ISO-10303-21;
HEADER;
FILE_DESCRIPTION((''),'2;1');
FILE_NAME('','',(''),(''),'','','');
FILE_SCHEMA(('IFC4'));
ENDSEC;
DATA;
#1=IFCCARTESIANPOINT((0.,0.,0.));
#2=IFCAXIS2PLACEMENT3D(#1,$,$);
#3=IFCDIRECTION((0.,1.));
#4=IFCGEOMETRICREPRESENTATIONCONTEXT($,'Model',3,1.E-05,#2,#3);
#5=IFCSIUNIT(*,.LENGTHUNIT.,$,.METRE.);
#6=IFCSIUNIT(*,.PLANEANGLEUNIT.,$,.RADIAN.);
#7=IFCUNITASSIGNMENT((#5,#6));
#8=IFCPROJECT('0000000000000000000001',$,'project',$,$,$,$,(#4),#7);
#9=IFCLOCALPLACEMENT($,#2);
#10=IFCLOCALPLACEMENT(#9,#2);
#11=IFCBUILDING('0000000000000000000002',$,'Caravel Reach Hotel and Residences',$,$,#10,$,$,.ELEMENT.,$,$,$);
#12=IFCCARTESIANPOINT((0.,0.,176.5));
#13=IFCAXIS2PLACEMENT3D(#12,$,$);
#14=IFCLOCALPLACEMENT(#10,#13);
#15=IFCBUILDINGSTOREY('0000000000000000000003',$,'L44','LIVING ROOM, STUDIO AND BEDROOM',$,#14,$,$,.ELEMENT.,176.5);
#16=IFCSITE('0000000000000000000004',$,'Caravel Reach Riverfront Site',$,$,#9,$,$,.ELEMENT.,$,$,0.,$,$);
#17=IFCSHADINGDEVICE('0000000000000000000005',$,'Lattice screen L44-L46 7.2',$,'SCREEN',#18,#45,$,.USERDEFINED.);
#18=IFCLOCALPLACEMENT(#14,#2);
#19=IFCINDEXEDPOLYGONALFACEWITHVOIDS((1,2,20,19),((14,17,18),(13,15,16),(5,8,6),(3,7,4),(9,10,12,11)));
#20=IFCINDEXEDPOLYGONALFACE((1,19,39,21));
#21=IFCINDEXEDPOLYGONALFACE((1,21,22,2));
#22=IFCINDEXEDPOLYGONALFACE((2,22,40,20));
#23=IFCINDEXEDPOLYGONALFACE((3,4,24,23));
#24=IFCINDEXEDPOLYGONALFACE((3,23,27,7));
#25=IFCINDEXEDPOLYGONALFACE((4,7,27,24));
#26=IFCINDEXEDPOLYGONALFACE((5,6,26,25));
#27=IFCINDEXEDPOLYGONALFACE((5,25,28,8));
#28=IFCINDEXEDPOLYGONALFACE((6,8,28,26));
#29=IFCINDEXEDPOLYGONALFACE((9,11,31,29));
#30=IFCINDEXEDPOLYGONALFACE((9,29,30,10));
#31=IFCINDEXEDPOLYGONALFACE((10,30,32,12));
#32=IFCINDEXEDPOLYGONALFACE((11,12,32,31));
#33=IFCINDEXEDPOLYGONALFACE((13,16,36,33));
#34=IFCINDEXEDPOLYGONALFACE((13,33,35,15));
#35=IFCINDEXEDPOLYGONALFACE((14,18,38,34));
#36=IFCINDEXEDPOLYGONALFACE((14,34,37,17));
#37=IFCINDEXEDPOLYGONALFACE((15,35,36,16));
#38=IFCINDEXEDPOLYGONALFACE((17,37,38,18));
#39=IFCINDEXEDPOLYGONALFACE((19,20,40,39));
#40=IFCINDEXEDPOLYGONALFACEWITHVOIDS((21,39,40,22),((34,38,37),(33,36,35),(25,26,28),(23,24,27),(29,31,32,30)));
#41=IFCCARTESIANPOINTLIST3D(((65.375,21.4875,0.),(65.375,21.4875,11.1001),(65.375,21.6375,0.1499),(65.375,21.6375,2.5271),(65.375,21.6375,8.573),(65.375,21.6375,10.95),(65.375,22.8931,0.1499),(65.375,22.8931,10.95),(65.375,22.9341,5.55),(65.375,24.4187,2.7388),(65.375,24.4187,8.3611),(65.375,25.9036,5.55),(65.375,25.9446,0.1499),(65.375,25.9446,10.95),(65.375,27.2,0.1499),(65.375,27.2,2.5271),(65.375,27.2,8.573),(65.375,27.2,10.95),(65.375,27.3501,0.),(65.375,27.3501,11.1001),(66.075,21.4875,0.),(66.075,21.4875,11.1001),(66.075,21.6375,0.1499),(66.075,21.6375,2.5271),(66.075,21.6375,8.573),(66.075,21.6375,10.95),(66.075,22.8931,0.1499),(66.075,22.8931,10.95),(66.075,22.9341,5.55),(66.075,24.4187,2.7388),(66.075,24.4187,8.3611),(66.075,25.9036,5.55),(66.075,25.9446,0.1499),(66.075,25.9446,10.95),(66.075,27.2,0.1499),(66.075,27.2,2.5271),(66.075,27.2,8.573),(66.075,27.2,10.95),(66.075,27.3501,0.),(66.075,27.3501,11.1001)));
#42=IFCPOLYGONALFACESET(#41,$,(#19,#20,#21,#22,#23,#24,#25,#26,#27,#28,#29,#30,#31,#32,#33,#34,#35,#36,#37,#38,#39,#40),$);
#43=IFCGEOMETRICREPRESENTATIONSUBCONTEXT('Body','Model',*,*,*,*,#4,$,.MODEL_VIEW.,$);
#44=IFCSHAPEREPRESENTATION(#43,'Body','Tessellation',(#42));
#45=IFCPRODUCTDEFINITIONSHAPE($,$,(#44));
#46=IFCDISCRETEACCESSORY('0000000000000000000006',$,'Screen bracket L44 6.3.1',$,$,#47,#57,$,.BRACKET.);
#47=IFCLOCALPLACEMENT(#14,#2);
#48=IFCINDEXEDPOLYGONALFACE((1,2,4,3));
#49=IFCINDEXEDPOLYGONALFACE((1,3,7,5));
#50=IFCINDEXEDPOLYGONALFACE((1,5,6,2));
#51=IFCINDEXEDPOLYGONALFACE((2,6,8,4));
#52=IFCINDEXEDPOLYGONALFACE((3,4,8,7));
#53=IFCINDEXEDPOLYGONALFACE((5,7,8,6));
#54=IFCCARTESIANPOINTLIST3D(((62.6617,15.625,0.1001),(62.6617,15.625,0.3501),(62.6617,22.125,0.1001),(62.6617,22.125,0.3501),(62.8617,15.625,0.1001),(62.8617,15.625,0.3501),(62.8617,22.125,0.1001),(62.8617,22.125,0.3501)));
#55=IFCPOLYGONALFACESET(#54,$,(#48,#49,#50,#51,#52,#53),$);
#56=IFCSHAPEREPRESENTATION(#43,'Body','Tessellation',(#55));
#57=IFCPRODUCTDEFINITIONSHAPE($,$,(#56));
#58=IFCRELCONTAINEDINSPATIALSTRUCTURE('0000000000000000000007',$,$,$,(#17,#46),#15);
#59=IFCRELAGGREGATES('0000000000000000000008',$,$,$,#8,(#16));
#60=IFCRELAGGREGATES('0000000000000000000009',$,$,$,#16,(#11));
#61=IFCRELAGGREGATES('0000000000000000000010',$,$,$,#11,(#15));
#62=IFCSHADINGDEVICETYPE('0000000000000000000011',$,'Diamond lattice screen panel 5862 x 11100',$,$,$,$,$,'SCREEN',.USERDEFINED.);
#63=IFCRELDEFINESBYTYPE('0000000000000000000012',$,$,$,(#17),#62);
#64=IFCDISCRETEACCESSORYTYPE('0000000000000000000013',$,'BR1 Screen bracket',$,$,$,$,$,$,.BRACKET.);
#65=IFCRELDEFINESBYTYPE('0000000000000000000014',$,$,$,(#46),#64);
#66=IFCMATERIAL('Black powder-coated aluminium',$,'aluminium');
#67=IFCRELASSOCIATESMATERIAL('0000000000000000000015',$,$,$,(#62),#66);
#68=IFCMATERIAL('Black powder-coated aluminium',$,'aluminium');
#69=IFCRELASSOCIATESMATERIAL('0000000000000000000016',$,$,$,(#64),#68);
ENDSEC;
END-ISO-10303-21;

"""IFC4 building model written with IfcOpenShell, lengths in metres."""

from ifc_helpers import new_model, si_unit, direction, frame, origin, origin_2d, place, context, subcontext, project, spatial, polyline, rectangle, outline, extrude, material, type_object, element, save


model = new_model("IFC4")

# Units and contexts
model_context = context("Model", 3, precision=1e-05, world=origin(), true_north=direction((0.0, 1.0)))
body_context = subcontext(model_context, "Body", "Model", "MODEL_VIEW")
ifc_project = project(units=[si_unit("LENGTHUNIT", "METRE"), si_unit("PLANEANGLEUNIT", "RADIAN")], contexts=[model_context])

# Site, building, storey
site_placement = place(None, origin())
site = spatial("IfcSite", under=ifc_project, at=site_placement, Name="Caravel Reach Riverfront Site", CompositionType="ELEMENT", RefElevation=0.0)
building_placement = place(site_placement, origin())
building = spatial("IfcBuilding", under=site, at=building_placement, Name="Caravel Reach Hotel and Residences", CompositionType="ELEMENT")
storey_placement = place(building_placement, frame((0.0, 0.0, 176.5)))
storey = spatial("IfcBuildingStorey", under=building, at=storey_placement, Name="L44", Description="LIVING ROOM, STUDIO AND BEDROOM", CompositionType="ELEMENT", Elevation=176.5)

# Shading device
ifc_material_1 = material(Name="Black powder-coated aluminium", Category="aluminium")
shading_device_type = type_object("IfcShadingDeviceType", Name="Diamond lattice screen panel 5862 x 11100", ElementType="SCREEN", PredefinedType="USERDEFINED", material=ifc_material_1)
shading_device_placement = place(storey_placement, frame((65.375, 21.4875, 0.0), z_axis=(1.0, 0.0, 0.0), x_axis=(0.0, 1.0, 0.0)))
element("IfcShadingDevice", 1, at=shading_device_placement, inside=storey, type_object=shading_device_type, Name="Lattice screen L44-L46 7.2", ObjectType="SCREEN", PredefinedType="USERDEFINED", context=body_context, shape_type="SweptSolid", body=[
    extrude(outline(polyline([(0.0, 0.0), (5.8625, 0.0), (5.8625, 11.1001), (0.0, 11.1001), (0.0, 0.0)]), holes=[polyline([(1.4055, 0.1499), (0.1499, 2.5271), (0.1499, 0.1499), (1.4055, 0.1499)]), polyline([(0.1499, 8.573), (1.4055, 10.95), (0.1499, 10.95), (0.1499, 8.573)]), polyline([(2.9312, 8.3611), (1.4465, 5.55), (2.9312, 2.7388), (4.416, 5.55), (2.9312, 8.3611)]), polyline([(5.7124, 2.5271), (4.457, 0.1499), (5.7124, 0.1499), (5.7124, 2.5271)]), polyline([(4.457, 10.95), (5.7124, 8.573), (5.7124, 10.95), (4.457, 10.95)])]), origin(), (0.0, 0.0, 1.0), 0.7),
])

# Discrete accessory
ifc_material_2 = material(Name="Black powder-coated aluminium", Category="aluminium")
discrete_accessory_type = type_object("IfcDiscreteAccessoryType", Name="BR1 Screen bracket", PredefinedType="BRACKET", material=ifc_material_2)
discrete_accessory_placement = place(storey_placement, frame((62.7617, 18.875, 0.1001), z_axis=(0.0, 0.0, 1.0), x_axis=(0.0, -1.0, 0.0)))
element("IfcDiscreteAccessory", 2, at=discrete_accessory_placement, inside=storey, type_object=discrete_accessory_type, Name="Screen bracket L44 6.3.1", PredefinedType="BRACKET", context=body_context, shape_type="SweptSolid", body=[
    extrude(rectangle(XDim=6.5, YDim=0.2, at=origin_2d()), origin(), (0.0, 0.0, 1.0), 0.25),
])

save(model, "model.ifc")
